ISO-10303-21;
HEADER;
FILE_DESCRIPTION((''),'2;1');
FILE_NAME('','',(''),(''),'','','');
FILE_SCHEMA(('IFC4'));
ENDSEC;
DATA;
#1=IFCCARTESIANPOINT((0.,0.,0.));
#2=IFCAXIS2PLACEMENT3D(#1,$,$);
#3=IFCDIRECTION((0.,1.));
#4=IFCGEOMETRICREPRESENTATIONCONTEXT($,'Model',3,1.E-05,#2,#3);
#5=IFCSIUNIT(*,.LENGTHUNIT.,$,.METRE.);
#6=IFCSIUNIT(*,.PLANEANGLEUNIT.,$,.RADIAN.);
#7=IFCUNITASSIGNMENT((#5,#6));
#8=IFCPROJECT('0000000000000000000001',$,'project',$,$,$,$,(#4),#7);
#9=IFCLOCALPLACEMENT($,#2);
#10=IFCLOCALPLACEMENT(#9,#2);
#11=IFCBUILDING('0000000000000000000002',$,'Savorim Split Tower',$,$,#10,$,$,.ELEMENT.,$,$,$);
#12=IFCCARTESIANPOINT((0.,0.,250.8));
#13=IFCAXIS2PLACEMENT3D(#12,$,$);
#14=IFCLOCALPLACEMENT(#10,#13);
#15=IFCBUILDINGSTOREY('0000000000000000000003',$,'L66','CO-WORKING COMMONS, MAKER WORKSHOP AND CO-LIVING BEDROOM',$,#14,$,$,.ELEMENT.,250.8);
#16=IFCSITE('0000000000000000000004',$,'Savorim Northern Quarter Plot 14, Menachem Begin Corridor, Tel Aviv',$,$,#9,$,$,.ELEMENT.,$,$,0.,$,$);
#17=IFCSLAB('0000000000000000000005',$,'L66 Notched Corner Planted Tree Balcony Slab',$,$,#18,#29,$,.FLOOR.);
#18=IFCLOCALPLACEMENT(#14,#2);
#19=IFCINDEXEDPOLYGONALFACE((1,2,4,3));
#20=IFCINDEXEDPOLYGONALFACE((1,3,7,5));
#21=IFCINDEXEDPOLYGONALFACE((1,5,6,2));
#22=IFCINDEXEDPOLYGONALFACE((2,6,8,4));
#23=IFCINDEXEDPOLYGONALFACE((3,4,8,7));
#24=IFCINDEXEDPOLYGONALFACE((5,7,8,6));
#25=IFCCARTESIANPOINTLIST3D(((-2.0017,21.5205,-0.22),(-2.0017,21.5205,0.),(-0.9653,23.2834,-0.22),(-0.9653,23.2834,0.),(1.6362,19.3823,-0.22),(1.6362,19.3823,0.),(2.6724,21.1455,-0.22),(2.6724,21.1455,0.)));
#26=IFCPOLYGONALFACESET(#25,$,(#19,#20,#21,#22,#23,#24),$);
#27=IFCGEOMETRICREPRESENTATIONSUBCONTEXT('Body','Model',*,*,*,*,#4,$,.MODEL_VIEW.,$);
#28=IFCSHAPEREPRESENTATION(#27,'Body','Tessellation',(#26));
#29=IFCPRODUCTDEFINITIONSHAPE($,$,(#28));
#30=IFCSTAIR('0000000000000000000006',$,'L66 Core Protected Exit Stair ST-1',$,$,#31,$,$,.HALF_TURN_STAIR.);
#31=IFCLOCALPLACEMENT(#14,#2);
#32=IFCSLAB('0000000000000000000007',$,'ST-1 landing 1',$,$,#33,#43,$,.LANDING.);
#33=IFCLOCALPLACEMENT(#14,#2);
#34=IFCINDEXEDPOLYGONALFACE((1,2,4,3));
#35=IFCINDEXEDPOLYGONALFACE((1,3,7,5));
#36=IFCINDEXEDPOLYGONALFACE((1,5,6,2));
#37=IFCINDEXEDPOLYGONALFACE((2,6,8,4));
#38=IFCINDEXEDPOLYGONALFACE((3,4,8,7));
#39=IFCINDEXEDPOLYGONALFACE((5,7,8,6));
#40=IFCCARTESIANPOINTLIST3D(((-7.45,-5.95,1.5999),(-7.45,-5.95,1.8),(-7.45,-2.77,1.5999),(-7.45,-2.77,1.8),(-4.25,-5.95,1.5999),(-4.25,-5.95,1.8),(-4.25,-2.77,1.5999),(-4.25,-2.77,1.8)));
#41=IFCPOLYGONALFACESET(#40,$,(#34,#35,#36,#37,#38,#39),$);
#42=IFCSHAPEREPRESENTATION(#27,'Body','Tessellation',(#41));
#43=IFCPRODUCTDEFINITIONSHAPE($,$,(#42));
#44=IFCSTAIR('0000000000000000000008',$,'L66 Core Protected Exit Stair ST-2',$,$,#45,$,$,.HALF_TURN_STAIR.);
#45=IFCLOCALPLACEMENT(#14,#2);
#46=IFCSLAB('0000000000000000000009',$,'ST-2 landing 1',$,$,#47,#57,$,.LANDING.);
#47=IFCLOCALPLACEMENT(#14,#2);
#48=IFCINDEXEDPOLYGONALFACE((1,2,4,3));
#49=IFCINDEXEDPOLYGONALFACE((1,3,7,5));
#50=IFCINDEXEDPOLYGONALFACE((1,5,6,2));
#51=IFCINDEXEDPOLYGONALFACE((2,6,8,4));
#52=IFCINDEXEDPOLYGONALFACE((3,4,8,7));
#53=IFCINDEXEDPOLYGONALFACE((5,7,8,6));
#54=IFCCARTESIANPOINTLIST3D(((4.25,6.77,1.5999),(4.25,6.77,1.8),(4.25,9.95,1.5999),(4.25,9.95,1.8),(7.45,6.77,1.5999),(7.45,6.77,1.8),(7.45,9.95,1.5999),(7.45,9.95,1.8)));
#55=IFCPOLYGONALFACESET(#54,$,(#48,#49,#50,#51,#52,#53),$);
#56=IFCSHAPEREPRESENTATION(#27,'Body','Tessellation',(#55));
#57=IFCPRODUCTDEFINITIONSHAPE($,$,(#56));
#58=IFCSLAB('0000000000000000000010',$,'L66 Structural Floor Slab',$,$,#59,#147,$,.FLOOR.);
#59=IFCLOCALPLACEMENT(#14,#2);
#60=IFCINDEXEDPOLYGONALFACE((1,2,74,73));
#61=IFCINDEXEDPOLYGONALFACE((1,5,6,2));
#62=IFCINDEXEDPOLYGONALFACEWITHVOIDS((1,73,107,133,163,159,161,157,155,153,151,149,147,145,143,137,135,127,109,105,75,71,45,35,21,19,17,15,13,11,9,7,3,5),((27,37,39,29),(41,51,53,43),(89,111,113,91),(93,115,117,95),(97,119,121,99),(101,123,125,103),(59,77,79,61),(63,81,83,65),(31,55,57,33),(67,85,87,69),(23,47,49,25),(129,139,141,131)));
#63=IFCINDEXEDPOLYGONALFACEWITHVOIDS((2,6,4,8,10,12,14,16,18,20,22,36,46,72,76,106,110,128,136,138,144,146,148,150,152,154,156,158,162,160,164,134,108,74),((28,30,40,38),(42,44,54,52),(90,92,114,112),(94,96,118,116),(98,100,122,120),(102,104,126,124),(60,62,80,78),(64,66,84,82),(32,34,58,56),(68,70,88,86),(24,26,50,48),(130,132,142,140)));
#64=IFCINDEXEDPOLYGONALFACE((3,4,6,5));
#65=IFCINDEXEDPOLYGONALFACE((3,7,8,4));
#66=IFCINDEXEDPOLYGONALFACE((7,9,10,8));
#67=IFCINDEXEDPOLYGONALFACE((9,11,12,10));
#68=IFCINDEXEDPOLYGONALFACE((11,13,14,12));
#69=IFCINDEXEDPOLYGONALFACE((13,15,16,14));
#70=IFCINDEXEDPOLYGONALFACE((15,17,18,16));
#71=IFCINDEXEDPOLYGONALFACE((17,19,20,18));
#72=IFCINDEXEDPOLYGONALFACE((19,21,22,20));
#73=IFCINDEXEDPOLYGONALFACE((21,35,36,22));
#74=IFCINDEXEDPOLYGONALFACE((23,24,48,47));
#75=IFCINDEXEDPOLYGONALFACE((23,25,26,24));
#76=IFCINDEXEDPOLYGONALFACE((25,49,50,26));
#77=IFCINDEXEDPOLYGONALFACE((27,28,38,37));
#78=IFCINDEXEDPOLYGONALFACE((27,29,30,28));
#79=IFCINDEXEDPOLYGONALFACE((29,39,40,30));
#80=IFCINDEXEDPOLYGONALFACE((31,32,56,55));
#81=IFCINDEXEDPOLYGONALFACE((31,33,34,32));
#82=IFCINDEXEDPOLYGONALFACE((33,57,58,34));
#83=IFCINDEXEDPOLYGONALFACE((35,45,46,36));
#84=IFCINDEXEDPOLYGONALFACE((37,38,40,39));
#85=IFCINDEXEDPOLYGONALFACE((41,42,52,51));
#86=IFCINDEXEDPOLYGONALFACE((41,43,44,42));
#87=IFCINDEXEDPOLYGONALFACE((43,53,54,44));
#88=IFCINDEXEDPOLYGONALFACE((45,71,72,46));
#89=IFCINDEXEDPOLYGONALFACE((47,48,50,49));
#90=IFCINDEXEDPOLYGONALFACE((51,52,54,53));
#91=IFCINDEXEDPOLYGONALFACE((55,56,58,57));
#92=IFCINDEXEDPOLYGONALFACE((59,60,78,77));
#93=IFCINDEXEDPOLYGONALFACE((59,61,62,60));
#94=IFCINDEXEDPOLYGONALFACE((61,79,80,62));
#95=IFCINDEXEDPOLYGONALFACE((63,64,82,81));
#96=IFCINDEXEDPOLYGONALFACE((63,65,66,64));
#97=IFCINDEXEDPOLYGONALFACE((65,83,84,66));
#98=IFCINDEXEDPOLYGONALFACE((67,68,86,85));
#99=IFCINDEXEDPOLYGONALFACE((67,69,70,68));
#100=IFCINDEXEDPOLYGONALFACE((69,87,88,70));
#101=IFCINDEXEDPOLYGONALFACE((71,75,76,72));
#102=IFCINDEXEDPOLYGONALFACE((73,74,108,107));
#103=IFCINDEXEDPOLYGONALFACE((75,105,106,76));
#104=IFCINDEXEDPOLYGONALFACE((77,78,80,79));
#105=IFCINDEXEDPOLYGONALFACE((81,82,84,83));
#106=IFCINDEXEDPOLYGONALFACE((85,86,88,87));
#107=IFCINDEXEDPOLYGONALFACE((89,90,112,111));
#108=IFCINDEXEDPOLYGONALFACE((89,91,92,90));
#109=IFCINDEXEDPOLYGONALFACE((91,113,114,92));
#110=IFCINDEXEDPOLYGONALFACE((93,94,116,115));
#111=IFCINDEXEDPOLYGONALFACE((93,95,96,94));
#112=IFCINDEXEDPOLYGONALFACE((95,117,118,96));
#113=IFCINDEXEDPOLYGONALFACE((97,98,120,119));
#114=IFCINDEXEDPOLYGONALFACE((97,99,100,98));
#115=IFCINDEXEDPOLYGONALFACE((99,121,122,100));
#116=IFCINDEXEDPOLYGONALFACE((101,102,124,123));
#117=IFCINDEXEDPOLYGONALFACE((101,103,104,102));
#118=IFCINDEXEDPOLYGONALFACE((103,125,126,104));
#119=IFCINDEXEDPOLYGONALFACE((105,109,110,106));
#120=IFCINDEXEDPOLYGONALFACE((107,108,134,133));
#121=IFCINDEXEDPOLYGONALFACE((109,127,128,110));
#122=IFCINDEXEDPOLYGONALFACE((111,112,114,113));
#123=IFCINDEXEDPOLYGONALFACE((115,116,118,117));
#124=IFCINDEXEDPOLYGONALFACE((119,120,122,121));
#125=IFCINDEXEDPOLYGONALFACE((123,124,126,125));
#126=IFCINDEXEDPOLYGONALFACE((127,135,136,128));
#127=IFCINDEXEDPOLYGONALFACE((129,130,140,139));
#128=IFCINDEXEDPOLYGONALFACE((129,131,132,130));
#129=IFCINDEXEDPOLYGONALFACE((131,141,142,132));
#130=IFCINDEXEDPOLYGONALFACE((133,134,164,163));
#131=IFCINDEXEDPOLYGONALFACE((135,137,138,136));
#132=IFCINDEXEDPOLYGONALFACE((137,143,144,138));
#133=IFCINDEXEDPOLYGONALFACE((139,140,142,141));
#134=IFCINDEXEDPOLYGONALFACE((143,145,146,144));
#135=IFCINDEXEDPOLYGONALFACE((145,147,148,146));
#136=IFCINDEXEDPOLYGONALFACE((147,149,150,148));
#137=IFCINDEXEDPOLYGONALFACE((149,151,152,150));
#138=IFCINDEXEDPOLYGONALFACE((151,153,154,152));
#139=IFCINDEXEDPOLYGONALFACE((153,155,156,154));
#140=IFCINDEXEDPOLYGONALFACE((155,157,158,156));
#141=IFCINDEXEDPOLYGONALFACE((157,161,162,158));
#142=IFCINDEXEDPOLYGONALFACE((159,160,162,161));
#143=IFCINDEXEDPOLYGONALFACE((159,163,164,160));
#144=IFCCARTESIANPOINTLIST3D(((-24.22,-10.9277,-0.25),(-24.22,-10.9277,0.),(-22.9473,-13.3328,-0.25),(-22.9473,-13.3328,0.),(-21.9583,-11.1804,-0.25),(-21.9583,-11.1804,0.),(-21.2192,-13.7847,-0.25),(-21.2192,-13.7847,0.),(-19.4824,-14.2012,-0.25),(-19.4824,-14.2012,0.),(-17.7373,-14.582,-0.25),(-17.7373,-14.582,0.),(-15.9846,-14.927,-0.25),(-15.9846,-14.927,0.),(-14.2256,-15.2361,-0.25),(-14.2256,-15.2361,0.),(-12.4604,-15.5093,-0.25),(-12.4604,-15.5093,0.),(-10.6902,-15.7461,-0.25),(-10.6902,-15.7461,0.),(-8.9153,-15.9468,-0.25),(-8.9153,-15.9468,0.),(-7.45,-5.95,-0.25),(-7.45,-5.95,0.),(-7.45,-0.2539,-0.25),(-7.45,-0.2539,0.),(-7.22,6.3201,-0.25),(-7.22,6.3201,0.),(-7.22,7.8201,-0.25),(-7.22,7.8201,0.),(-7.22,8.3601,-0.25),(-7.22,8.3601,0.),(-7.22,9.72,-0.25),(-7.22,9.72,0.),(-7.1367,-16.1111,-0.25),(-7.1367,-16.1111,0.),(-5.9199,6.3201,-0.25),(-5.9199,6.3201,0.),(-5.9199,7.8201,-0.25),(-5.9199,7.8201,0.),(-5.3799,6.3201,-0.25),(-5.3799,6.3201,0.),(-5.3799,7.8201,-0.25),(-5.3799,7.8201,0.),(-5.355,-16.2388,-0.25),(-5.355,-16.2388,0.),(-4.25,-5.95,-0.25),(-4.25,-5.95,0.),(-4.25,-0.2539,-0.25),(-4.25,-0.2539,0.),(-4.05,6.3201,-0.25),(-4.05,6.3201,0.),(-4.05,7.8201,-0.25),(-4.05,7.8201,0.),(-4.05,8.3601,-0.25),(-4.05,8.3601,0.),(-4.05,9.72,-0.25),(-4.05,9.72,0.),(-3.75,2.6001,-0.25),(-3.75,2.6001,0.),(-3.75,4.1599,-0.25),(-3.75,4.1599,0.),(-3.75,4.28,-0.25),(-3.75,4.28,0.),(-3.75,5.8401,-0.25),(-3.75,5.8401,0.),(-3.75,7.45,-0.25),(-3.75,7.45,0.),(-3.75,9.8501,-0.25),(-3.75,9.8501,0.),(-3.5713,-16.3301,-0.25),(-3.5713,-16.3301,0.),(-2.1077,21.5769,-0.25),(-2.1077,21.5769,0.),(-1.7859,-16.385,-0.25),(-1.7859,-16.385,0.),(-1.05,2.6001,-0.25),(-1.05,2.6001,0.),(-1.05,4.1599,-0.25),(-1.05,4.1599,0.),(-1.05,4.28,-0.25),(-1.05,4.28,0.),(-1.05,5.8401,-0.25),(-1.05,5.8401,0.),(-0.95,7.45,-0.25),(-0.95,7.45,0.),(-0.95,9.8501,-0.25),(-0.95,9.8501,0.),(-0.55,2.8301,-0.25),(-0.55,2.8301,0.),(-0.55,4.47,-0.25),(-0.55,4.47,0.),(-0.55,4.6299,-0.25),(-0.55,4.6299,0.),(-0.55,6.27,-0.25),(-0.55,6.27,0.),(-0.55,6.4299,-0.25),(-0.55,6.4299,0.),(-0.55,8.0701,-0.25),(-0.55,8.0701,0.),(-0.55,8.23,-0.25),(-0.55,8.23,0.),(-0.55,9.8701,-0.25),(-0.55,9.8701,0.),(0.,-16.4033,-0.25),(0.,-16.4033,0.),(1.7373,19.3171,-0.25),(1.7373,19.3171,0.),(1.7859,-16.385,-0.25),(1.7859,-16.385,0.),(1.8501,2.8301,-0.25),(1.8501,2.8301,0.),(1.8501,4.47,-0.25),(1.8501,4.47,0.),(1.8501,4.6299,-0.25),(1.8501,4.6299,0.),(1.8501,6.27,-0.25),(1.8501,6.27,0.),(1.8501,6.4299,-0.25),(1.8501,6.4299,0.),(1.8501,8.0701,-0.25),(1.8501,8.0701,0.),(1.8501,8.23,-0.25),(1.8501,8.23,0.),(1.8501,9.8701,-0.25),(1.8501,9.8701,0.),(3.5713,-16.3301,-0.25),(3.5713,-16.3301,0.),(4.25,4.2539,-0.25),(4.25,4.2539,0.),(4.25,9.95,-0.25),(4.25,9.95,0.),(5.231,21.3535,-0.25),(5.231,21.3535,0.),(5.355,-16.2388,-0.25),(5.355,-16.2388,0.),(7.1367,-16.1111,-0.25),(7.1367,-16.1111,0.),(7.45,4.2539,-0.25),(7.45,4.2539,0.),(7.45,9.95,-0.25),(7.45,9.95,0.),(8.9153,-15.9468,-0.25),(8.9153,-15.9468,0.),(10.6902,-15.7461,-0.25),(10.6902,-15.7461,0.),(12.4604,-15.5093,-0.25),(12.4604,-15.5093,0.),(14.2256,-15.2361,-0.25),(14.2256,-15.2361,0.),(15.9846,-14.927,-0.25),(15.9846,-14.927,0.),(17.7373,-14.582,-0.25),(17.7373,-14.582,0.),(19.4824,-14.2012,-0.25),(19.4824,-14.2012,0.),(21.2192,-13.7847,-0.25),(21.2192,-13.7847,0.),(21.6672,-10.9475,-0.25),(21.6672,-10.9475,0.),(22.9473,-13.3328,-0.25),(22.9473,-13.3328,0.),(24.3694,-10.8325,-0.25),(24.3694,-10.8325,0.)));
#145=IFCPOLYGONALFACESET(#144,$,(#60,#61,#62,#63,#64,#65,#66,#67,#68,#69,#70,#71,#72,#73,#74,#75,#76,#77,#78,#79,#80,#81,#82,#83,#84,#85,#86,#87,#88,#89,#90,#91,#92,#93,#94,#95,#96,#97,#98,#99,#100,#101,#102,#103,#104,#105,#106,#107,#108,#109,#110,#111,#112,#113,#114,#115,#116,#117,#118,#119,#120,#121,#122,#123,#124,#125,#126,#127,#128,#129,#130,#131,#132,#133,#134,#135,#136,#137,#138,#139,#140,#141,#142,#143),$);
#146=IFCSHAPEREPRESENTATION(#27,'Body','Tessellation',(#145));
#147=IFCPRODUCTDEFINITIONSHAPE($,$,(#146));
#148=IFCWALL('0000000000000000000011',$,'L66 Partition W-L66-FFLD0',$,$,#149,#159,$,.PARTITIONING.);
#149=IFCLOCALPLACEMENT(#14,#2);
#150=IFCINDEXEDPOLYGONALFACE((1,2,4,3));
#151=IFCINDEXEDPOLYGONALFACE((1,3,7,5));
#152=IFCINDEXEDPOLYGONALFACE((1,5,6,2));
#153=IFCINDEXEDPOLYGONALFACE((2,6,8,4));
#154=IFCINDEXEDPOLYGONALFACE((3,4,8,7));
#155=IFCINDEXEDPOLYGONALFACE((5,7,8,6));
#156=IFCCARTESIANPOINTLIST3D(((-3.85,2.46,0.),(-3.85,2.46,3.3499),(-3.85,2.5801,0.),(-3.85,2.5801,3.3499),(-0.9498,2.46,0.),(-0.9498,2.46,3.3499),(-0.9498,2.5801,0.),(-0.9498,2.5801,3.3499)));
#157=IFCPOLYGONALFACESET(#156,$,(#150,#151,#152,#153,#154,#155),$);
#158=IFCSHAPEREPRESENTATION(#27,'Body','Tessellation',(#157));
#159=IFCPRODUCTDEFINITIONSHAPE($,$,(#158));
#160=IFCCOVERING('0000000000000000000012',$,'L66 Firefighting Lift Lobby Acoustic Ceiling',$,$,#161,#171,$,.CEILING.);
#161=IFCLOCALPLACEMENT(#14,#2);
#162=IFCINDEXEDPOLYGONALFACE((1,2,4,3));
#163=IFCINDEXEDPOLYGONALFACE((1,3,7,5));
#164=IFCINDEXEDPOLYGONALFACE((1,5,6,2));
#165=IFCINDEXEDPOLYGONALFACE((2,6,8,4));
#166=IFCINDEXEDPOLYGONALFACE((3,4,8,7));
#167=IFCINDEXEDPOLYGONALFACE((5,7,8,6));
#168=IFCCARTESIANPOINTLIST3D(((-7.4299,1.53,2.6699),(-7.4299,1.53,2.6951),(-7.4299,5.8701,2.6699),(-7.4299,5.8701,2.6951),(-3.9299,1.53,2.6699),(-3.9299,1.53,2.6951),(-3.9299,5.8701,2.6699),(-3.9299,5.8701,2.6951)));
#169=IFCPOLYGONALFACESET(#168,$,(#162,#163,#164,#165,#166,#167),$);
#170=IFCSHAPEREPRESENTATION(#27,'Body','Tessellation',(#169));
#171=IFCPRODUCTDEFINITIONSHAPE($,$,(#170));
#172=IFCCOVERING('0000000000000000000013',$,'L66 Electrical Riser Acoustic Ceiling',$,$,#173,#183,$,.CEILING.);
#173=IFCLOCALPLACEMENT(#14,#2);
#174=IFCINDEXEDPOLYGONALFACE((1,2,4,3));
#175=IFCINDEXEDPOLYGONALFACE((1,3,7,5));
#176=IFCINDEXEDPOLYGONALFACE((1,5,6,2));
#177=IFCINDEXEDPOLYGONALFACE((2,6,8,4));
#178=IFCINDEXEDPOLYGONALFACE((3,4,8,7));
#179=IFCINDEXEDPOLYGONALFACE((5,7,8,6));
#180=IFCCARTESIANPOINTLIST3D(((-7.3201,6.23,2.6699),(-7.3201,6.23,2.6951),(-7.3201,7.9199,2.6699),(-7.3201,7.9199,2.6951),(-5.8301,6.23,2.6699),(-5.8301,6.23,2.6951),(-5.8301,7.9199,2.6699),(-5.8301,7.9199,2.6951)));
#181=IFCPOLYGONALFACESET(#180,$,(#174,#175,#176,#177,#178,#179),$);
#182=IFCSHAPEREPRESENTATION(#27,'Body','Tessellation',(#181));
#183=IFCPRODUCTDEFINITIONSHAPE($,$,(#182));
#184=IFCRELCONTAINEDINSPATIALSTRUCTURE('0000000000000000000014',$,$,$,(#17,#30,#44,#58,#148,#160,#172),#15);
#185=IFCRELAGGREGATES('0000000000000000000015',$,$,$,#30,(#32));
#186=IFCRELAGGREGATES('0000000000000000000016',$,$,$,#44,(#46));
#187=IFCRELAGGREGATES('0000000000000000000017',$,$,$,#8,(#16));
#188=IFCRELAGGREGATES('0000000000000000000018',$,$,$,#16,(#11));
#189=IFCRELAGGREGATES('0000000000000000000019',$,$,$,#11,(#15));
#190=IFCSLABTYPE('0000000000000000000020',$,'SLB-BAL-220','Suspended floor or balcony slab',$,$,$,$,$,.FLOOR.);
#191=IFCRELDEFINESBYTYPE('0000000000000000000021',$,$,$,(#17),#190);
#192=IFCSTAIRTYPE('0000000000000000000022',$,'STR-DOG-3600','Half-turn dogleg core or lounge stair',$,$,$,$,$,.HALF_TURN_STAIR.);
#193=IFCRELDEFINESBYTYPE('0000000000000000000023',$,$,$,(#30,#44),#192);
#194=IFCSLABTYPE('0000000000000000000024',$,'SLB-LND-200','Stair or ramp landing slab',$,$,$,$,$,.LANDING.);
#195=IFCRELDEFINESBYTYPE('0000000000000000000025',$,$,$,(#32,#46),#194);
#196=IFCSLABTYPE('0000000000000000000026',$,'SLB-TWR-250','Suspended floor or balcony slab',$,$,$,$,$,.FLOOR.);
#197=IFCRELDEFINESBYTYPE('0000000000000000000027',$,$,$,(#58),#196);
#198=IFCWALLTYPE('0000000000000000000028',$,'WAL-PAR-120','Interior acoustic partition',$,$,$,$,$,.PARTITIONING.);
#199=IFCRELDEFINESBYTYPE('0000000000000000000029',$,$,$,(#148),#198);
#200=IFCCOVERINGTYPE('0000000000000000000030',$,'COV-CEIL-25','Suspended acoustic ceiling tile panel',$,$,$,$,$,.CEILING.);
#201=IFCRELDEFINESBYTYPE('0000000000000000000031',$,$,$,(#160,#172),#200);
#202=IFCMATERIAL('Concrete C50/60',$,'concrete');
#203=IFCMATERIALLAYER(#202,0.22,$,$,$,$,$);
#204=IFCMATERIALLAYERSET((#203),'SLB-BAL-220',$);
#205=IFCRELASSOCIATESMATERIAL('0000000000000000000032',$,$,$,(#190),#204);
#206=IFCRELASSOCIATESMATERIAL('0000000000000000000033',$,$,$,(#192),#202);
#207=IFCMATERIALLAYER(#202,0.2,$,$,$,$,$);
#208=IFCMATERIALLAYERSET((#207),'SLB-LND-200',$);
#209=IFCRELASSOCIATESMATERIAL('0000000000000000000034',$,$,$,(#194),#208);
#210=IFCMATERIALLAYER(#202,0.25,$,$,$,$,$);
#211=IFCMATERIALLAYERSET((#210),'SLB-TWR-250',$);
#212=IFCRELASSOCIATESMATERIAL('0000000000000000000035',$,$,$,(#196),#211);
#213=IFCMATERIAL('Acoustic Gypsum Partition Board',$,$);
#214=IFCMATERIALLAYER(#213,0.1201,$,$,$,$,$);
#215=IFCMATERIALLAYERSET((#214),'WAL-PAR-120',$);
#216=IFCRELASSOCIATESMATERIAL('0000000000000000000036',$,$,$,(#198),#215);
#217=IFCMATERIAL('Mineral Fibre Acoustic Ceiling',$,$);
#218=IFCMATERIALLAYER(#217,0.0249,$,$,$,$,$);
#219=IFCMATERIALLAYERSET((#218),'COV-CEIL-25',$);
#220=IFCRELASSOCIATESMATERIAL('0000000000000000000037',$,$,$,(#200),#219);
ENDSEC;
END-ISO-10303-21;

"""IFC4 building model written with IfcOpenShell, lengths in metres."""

from ifc_helpers import new_model, si_unit, direction, frame, frame_2d, origin, place, context, subcontext, project, spatial, polyline, rectangle, outline, extrude, material, layer, layer_set, type_object, element, aggregate, save


model = new_model("IFC4")

# Units and contexts
model_context = context("Model", 3, precision=1e-05, world=origin(), true_north=direction((0.0, 1.0)))
body_context = subcontext(model_context, "Body", "Model", "MODEL_VIEW")
ifc_project = project(units=[si_unit("LENGTHUNIT", "METRE"), si_unit("PLANEANGLEUNIT", "RADIAN")], contexts=[model_context])

# Site, building, storey
site_placement = place(None, origin())
site = spatial("IfcSite", under=ifc_project, at=site_placement, Name="Savorim Northern Quarter Plot 14, Menachem Begin Corridor, Tel Aviv", CompositionType="ELEMENT", RefElevation=0.0)
building_placement = place(site_placement, origin())
building = spatial("IfcBuilding", under=site, at=building_placement, Name="Savorim Split Tower", CompositionType="ELEMENT")
storey_placement = place(building_placement, frame((0.0, 0.0, 250.8)))
storey = spatial("IfcBuildingStorey", under=building, at=storey_placement, Name="L66", Description="CO-WORKING COMMONS, MAKER WORKSHOP AND CO-LIVING BEDROOM", CompositionType="ELEMENT", Elevation=250.8)

# Slab
ifc_material_1 = material(Name="Concrete C50/60", Category="concrete")
ifc_layer_1 = layer(ifc_material_1, 0.22)
ifc_layer_set_1 = layer_set([ifc_layer_1], Name="SLB-BAL-220")
slab_type_1 = type_object("IfcSlabType", Name="SLB-BAL-220", Description="Suspended floor or balcony slab", PredefinedType="FLOOR", material=ifc_layer_set_1)
slab_1_placement = place(storey_placement, frame((0.0, 0.0, -0.22)))
element("IfcSlab", 1, at=slab_1_placement, inside=storey, type_object=slab_type_1, Name="L66 Notched Corner Planted Tree Balcony Slab", PredefinedType="FLOOR", context=body_context, shape_type="SweptSolid", body=[
    extrude(outline(polyline([(-2.0017, 21.5205), (1.6362, 19.3823), (2.6724, 21.1455), (-0.9653, 23.2834), (-2.0017, 21.5205)])), origin(), (0.0, 0.0, 1.0), 0.22),
])

# Stairs, slabs
stair_type = type_object("IfcStairType", Name="STR-DOG-3600", Description="Half-turn dogleg core or lounge stair", PredefinedType="HALF_TURN_STAIR", material=ifc_material_1)
stair_1_placement = place(storey_placement, origin())
stair_1 = element("IfcStair", 2, at=stair_1_placement, inside=storey, type_object=stair_type, Name="L66 Core Protected Exit Stair ST-1", PredefinedType="HALF_TURN_STAIR")
ifc_layer_2 = layer(ifc_material_1, 0.2)
ifc_layer_set_2 = layer_set([ifc_layer_2], Name="SLB-LND-200")
slab_type_2 = type_object("IfcSlabType", Name="SLB-LND-200", Description="Stair or ramp landing slab", PredefinedType="LANDING", material=ifc_layer_set_2)
slab_2_placement = place(storey_placement, frame((0.0, 0.0, 1.5999)))
slab_2 = element("IfcSlab", 3, at=slab_2_placement, type_object=slab_type_2, Name="ST-1 landing 1", PredefinedType="LANDING", context=body_context, shape_type="SweptSolid", body=[
    extrude(outline(polyline([(-7.45, -2.77), (-7.45, -5.95), (-4.25, -5.95), (-4.25, -2.77), (-7.45, -2.77)])), origin(), (0.0, 0.0, 1.0), 0.2002),
])
aggregate(stair_1, [slab_2])
stair_2_placement = place(storey_placement, origin())
stair_2 = element("IfcStair", 4, at=stair_2_placement, inside=storey, type_object=stair_type, Name="L66 Core Protected Exit Stair ST-2", PredefinedType="HALF_TURN_STAIR")
slab_3_placement = place(storey_placement, frame((0.0, 0.0, 1.5999)))
slab_3 = element("IfcSlab", 5, at=slab_3_placement, type_object=slab_type_2, Name="ST-2 landing 1", PredefinedType="LANDING", context=body_context, shape_type="SweptSolid", body=[
    extrude(outline(polyline([(7.45, 6.77), (7.45, 9.95), (4.25, 9.95), (4.25, 6.77), (7.45, 6.77)])), origin(), (0.0, 0.0, 1.0), 0.2002),
])
aggregate(stair_2, [slab_3])

# Slab
ifc_layer_3 = layer(ifc_material_1, 0.25)
ifc_layer_set_3 = layer_set([ifc_layer_3], Name="SLB-TWR-250")
slab_type_3 = type_object("IfcSlabType", Name="SLB-TWR-250", Description="Suspended floor or balcony slab", PredefinedType="FLOOR", material=ifc_layer_set_3)
slab_4_placement = place(storey_placement, frame((0.0, 0.0, -0.25)))
element("IfcSlab", 6, at=slab_4_placement, inside=storey, type_object=slab_type_3, Name="L66 Structural Floor Slab", PredefinedType="FLOOR", context=body_context, shape_type="SweptSolid", body=[
    extrude(outline(polyline([(-22.9473, -13.3328), (-21.2192, -13.7847), (-19.4824, -14.2012), (-17.7373, -14.582), (-15.9846, -14.927), (-14.2256, -15.2361), (-12.4604, -15.5093), (-10.6902, -15.7461), (-8.9153, -15.9468), (-7.1367, -16.1111), (-5.355, -16.2388), (-3.5713, -16.3301), (-1.7859, -16.385), (0.0, -16.4033), (1.7859, -16.385), (3.5713, -16.3301), (5.355, -16.2388), (7.1367, -16.1111), (8.9153, -15.9468), (10.6902, -15.7461), (12.4604, -15.5093), (14.2256, -15.2361), (15.9846, -14.927), (17.7373, -14.582), (19.4824, -14.2012), (21.2192, -13.7847), (22.9473, -13.3328), (21.6672, -10.9475), (24.3694, -10.8325), (5.231, 21.3535), (1.7373, 19.3171), (-2.1077, 21.5769), (-24.22, -10.9277), (-21.9583, -11.1804), (-22.9473, -13.3328)]), holes=[polyline([(-7.45, -0.2539), (-7.45, -5.95), (-4.25, -5.95), (-4.25, -0.2539), (-7.45, -0.2539)]), polyline([(7.45, 4.2539), (7.45, 9.95), (4.25, 9.95), (4.25, 4.2539), (7.45, 4.2539)]), polyline([(-0.55, 2.8301), (1.8501, 2.8301), (1.8501, 4.47), (-0.55, 4.47), (-0.55, 2.8301)]), polyline([(-0.55, 4.6299), (1.8501, 4.6299), (1.8501, 6.27), (-0.55, 6.27), (-0.55, 4.6299)]), polyline([(-0.55, 6.4299), (1.8501, 6.4299), (1.8501, 8.0701), (-0.55, 8.0701), (-0.55, 6.4299)]), polyline([(-0.55, 8.23), (1.8501, 8.23), (1.8501, 9.8701), (-0.55, 9.8701), (-0.55, 8.23)]), polyline([(-3.75, 2.6001), (-1.05, 2.6001), (-1.05, 4.1599), (-3.75, 4.1599), (-3.75, 2.6001)]), polyline([(-3.75, 4.28), (-1.05, 4.28), (-1.05, 5.8401), (-3.75, 5.8401), (-3.75, 4.28)]), polyline([(-3.75, 7.45), (-0.95, 7.45), (-0.95, 9.8501), (-3.75, 9.8501), (-3.75, 7.45)]), polyline([(-7.22, 6.3201), (-5.9199, 6.3201), (-5.9199, 7.8201), (-7.22, 7.8201), (-7.22, 6.3201)]), polyline([(-5.3799, 6.3201), (-4.05, 6.3201), (-4.05, 7.8201), (-5.3799, 7.8201), (-5.3799, 6.3201)]), polyline([(-7.22, 8.3601), (-4.05, 8.3601), (-4.05, 9.72), (-7.22, 9.72), (-7.22, 8.3601)])]), origin(), (0.0, 0.0, 1.0), 0.25),
])

# Wall
ifc_material_2 = material(Name="Acoustic Gypsum Partition Board")
ifc_layer_4 = layer(ifc_material_2, 0.1201)
ifc_layer_set_4 = layer_set([ifc_layer_4], Name="WAL-PAR-120")
wall_type = type_object("IfcWallType", Name="WAL-PAR-120", Description="Interior acoustic partition", PredefinedType="PARTITIONING", material=ifc_layer_set_4)
wall_placement = place(storey_placement, frame((-3.8501, 2.52, 0.0), z_axis=(0.0, 0.0, 1.0), x_axis=(1.0, 0.0, 0.0)))
element("IfcWall", 7, at=wall_placement, inside=storey, type_object=wall_type, Name="L66 Partition W-L66-FFLD0", PredefinedType="PARTITIONING", context=body_context, shape_type="SweptSolid", body=[
    extrude(rectangle(XDim=2.9001, YDim=0.1201, at=frame_2d((1.4502, 0.0))), origin(), (0.0, 0.0, 1.0), 3.3499),
])

# Coverings
ifc_material_3 = material(Name="Mineral Fibre Acoustic Ceiling")
ifc_layer_5 = layer(ifc_material_3, 0.0249)
ifc_layer_set_5 = layer_set([ifc_layer_5], Name="COV-CEIL-25")
covering_type_1 = type_object("IfcCoveringType", Name="COV-CEIL-25", Description="Suspended acoustic ceiling tile panel", PredefinedType="CEILING", material=ifc_layer_set_5)
covering_1_placement = place(storey_placement, frame((0.0, 0.0, 2.6699)))
element("IfcCovering", 8, at=covering_1_placement, inside=storey, type_object=covering_type_1, Name="L66 Firefighting Lift Lobby Acoustic Ceiling", PredefinedType="CEILING", context=body_context, shape_type="SweptSolid", body=[
    extrude(outline(polyline([(-7.4299, 5.8701), (-7.4299, 1.53), (-3.9299, 1.53), (-3.9299, 5.8701), (-7.4299, 5.8701)])), origin(), (0.0, 0.0, 1.0), 0.0251),
])
covering_2_placement = place(storey_placement, frame((0.0, 0.0, 2.6699)))
element("IfcCovering", 9, at=covering_2_placement, inside=storey, type_object=covering_type_1, Name="L66 Electrical Riser Acoustic Ceiling", PredefinedType="CEILING", context=body_context, shape_type="SweptSolid", body=[
    extrude(outline(polyline([(-7.3201, 7.9199), (-7.3201, 6.23), (-5.8301, 6.23), (-5.8301, 7.9199), (-7.3201, 7.9199)])), origin(), (0.0, 0.0, 1.0), 0.0251),
])

save(model, "model.ifc")
